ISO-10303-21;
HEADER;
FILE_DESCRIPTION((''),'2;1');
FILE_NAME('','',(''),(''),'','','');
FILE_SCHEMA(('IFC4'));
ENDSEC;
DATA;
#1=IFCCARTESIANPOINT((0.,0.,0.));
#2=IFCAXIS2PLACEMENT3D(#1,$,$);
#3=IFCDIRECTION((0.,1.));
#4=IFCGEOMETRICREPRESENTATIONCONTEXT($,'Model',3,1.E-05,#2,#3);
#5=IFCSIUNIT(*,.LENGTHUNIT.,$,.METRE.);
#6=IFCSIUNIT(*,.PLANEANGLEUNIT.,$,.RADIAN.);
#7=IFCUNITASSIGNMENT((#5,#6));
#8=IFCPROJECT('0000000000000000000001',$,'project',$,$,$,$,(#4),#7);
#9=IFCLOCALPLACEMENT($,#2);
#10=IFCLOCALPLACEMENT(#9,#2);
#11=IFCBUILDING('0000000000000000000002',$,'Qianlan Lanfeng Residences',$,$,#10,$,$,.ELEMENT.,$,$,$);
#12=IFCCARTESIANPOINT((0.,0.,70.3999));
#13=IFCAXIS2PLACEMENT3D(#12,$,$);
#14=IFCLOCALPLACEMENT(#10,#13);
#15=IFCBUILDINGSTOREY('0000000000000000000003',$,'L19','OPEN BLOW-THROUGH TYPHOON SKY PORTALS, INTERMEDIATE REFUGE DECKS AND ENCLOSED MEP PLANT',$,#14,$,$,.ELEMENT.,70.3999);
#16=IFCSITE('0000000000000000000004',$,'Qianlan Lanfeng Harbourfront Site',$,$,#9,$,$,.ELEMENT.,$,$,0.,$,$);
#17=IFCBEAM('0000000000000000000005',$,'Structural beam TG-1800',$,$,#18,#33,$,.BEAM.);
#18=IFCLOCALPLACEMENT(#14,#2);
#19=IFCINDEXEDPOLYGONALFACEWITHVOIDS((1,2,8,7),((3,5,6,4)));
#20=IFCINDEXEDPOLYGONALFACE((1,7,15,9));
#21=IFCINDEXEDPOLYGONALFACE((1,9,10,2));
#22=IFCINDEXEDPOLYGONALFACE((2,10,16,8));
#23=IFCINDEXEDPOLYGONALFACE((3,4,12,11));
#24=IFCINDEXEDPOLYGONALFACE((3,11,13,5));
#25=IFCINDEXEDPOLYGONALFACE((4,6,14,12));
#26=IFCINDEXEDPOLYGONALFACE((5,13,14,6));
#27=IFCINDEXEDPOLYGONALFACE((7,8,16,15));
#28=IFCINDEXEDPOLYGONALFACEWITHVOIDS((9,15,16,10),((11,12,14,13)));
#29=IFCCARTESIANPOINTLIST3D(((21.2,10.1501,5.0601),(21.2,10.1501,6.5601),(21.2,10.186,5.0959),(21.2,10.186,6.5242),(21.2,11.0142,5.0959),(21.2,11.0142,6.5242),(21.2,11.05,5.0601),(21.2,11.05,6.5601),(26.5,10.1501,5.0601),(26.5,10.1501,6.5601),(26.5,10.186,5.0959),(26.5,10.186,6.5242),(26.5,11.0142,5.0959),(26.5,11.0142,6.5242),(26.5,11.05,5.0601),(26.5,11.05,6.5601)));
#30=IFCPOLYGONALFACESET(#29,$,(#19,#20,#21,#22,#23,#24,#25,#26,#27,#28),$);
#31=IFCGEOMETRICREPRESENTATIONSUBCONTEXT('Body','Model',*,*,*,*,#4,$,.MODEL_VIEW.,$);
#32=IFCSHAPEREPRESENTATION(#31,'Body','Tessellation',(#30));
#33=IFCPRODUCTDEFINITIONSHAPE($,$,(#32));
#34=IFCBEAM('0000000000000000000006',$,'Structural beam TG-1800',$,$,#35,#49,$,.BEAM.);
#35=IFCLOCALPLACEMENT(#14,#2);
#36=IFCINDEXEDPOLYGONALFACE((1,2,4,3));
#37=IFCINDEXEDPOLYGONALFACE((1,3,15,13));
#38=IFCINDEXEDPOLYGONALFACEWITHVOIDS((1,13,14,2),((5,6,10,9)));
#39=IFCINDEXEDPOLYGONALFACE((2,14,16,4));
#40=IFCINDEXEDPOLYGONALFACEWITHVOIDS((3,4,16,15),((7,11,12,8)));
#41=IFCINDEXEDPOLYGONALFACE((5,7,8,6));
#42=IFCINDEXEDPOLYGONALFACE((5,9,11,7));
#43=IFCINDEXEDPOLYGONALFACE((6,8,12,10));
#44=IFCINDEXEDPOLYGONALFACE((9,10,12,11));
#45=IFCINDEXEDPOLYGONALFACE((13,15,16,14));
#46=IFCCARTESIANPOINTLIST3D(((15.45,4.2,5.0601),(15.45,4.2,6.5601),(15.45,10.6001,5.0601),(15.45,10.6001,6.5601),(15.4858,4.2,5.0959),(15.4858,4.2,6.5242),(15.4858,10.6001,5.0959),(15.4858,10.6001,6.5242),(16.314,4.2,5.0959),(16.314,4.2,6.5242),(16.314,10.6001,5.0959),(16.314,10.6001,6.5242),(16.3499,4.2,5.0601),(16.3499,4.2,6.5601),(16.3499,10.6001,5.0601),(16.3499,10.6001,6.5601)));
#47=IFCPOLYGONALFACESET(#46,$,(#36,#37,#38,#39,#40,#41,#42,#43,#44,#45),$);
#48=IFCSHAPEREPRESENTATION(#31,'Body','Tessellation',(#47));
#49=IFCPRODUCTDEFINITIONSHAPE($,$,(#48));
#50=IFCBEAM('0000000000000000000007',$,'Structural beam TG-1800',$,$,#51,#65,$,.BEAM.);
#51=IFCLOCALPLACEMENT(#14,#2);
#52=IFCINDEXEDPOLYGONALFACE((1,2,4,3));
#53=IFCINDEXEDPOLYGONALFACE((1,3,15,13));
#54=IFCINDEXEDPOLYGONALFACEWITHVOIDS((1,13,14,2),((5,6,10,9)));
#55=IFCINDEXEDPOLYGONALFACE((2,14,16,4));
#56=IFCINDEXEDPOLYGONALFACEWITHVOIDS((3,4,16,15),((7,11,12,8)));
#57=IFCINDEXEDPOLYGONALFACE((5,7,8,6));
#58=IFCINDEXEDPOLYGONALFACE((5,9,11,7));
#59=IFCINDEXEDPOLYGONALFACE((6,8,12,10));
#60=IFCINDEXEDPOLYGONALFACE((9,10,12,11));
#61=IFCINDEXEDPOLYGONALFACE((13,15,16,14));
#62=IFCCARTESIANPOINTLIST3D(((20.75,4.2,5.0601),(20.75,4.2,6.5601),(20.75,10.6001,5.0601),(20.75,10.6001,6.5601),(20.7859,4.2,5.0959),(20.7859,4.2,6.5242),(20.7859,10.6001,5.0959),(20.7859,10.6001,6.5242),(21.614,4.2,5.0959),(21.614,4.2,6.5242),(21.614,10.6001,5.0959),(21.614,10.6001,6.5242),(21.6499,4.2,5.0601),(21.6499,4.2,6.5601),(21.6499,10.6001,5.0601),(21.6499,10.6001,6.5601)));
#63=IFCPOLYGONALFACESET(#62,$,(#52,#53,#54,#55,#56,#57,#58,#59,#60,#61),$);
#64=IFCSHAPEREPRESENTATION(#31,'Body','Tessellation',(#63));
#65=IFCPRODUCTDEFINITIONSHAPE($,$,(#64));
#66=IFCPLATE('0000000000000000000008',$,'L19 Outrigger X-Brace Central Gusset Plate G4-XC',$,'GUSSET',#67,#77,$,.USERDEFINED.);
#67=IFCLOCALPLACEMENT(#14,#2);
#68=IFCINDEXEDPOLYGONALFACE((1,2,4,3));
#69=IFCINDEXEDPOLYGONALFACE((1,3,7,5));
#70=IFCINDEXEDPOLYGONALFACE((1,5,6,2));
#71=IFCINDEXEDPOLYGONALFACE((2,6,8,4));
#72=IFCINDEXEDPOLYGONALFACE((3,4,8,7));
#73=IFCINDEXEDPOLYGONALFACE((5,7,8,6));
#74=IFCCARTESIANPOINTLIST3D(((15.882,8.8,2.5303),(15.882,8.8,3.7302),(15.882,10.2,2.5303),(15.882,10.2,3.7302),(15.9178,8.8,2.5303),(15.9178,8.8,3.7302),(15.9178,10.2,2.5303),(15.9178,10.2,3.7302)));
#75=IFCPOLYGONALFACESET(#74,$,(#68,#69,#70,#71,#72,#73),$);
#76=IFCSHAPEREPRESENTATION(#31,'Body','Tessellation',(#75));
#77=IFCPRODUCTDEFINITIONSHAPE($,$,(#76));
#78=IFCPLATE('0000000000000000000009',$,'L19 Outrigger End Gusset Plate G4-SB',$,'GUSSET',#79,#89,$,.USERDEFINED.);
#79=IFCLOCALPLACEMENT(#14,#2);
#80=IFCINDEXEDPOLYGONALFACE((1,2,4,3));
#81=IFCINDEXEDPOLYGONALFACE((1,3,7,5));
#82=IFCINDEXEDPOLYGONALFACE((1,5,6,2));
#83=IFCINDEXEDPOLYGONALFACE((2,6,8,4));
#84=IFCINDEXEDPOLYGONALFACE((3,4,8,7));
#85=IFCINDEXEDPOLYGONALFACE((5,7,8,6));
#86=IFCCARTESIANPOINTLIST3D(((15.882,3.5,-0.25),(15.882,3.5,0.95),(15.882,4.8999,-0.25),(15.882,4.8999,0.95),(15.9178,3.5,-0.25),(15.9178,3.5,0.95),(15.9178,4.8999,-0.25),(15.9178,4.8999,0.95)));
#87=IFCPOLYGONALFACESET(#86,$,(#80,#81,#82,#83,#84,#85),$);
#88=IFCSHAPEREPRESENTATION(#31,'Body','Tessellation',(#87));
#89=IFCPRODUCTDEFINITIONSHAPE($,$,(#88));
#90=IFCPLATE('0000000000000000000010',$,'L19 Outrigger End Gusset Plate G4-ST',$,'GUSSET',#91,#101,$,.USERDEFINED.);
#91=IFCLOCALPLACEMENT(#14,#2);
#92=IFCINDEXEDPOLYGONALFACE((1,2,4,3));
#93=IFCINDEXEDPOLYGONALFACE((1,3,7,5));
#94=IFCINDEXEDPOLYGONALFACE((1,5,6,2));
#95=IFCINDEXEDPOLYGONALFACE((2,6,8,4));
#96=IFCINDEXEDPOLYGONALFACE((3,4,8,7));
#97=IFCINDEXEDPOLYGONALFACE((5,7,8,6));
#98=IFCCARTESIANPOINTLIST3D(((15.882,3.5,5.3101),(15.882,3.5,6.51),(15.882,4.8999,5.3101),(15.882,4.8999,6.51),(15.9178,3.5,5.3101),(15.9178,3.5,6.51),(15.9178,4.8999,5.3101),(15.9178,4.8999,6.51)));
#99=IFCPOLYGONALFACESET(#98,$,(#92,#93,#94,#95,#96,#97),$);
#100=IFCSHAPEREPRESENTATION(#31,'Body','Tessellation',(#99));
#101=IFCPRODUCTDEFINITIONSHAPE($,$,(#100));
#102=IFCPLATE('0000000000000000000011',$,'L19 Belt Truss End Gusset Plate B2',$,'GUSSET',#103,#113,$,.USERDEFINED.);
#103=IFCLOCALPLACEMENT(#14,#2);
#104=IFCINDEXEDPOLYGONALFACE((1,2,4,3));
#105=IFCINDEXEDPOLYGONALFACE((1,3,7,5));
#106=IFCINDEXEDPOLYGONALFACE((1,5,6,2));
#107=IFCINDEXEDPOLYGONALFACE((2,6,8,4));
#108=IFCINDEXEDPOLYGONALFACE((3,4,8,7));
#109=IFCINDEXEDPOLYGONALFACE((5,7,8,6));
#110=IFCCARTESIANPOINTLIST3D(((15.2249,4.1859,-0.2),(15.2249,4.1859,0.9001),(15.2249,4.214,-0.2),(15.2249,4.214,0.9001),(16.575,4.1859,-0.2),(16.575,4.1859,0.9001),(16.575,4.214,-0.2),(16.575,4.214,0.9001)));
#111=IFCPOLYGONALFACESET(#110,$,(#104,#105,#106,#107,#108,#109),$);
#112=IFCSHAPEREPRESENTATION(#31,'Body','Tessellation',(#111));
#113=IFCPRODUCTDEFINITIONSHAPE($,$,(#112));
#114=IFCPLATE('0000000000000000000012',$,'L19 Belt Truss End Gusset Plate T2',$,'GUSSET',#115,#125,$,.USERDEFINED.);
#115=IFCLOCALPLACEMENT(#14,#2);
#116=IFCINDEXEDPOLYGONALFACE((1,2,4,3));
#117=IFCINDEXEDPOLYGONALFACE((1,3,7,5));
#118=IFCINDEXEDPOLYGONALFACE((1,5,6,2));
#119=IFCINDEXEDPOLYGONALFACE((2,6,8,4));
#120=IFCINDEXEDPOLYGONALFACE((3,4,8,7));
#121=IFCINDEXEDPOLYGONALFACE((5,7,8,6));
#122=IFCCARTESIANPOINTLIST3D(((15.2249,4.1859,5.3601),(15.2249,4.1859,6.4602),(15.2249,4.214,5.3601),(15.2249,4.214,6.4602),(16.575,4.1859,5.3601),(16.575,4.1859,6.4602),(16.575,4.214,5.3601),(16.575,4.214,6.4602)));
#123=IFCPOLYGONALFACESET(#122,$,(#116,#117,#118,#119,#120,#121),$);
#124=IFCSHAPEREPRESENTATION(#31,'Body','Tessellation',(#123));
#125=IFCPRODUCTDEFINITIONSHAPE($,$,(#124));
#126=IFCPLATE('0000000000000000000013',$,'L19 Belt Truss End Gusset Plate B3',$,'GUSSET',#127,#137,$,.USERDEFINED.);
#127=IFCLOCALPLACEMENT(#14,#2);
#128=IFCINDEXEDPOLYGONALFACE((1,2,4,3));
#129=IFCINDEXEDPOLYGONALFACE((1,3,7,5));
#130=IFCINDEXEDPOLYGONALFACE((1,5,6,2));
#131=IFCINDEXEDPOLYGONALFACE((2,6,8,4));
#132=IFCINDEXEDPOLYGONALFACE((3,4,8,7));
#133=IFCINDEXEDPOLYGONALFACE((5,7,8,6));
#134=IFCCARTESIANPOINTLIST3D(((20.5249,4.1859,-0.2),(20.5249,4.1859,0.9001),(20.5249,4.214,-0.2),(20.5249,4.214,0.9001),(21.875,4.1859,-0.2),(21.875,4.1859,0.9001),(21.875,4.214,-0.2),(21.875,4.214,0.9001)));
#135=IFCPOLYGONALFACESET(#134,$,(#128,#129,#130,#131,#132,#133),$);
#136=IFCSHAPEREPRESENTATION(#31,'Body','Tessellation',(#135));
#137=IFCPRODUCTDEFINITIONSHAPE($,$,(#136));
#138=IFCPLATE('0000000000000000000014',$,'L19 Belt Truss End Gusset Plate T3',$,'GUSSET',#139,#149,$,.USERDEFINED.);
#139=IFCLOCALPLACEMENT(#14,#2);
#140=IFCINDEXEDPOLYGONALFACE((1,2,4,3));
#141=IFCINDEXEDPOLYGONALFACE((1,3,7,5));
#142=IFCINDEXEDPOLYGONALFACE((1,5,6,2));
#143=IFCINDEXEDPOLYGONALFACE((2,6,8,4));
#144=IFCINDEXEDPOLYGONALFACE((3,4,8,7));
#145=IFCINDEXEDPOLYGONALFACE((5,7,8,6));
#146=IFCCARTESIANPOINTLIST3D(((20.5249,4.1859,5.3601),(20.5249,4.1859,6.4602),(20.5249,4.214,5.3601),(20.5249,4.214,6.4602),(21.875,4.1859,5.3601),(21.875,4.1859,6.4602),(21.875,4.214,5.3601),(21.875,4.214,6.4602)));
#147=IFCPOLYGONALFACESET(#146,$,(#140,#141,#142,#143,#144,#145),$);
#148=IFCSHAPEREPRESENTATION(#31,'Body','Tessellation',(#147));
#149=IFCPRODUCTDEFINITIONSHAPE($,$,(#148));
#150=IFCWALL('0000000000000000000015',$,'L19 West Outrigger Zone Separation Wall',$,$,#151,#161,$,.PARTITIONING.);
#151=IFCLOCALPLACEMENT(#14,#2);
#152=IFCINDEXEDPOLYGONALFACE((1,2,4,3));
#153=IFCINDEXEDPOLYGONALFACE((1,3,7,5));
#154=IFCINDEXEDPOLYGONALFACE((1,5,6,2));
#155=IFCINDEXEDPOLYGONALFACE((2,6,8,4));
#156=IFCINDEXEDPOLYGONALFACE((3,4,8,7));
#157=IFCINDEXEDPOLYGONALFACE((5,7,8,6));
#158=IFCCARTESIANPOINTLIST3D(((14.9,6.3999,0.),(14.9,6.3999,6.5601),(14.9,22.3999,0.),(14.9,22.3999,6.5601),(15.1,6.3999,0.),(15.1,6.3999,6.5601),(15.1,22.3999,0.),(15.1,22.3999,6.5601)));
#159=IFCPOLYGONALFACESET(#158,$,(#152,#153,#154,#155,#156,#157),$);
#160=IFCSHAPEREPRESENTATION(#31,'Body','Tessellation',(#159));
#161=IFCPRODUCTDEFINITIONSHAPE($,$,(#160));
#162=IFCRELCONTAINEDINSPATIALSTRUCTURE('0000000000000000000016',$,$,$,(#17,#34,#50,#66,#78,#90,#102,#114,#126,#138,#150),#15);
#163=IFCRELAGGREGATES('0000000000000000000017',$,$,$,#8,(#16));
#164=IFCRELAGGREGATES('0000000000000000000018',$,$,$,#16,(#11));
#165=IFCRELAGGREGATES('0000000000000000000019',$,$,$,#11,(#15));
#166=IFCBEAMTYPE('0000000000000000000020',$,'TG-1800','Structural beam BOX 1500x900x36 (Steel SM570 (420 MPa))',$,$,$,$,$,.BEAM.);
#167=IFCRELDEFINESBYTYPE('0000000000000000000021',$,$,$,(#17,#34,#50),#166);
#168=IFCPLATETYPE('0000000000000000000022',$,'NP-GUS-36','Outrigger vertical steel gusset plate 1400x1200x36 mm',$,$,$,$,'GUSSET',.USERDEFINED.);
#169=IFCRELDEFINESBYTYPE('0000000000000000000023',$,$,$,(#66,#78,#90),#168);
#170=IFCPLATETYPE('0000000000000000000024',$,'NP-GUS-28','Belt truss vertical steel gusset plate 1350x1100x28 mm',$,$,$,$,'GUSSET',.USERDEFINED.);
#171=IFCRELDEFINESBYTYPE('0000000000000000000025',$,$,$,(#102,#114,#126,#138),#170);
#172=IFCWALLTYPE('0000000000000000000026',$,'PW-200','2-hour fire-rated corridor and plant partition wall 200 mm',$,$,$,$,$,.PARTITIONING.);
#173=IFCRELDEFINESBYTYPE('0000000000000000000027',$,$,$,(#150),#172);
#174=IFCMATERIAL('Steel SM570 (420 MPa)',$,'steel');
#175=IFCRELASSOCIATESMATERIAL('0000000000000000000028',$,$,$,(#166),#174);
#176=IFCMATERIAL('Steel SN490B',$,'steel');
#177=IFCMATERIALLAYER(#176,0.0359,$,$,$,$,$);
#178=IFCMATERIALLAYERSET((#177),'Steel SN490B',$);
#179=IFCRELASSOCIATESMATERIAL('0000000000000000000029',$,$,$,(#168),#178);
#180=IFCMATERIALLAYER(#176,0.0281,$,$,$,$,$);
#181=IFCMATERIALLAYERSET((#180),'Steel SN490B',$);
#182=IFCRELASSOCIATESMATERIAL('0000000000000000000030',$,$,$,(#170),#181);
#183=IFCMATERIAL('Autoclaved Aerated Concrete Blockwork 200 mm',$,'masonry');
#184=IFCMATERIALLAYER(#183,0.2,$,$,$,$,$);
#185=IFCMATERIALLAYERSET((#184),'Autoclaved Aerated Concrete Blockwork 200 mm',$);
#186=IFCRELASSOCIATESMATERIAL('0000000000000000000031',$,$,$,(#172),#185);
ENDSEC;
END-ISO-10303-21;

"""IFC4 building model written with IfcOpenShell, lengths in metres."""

from ifc_helpers import new_model, si_unit, direction, frame, frame_2d, origin, origin_2d, place, context, subcontext, project, spatial, rectangle, hollow_rectangle, extrude, source, transform, mapped, material, layer, layer_set, material_profile, profile_set, type_object, element, save


model = new_model("IFC4")

# Units and contexts
model_context = context("Model", 3, precision=1e-05, world=origin(), true_north=direction((0.0, 1.0)))
body_context = subcontext(model_context, "Body", "Model", "MODEL_VIEW")
ifc_project = project(units=[si_unit("LENGTHUNIT", "METRE"), si_unit("PLANEANGLEUNIT", "RADIAN")], contexts=[model_context])

# Site, building, storey
site_placement = place(None, origin())
site = spatial("IfcSite", under=ifc_project, at=site_placement, Name="Qianlan Lanfeng Harbourfront Site", CompositionType="ELEMENT", RefElevation=0.0)
building_placement = place(site_placement, origin())
building = spatial("IfcBuilding", under=site, at=building_placement, Name="Qianlan Lanfeng Residences", CompositionType="ELEMENT")
storey_placement = place(building_placement, frame((0.0, 0.0, 70.3999)))
storey = spatial("IfcBuildingStorey", under=building, at=storey_placement, Name="L19", Description="OPEN BLOW-THROUGH TYPHOON SKY PORTALS, INTERMEDIATE REFUGE DECKS AND ENCLOSED MEP PLANT", CompositionType="ELEMENT", Elevation=70.3999)

# Shared definitions
ifc_material_1 = material(Name="Steel SN490B", Category="steel")

# Beams
ifc_material_2 = material(Name="Steel SM570 (420 MPa)", Category="steel")
ifc_material_profile_1 = material_profile(ifc_material_2, hollow_rectangle(XDim=0.8999, YDim=1.5, WallThickness=0.0359, at=origin_2d()), Name="BOX 1500x900x36")
ifc_profile_set_1 = profile_set([ifc_material_profile_1], Name="Steel SM570 (420 MPa)")
beam_type_1 = type_object("IfcBeamType", Name="TG-1800", Description="Structural beam BOX 1500x900x36 (Steel SM570 (420 MPa))", PredefinedType="BEAM", material=ifc_profile_set_1)
for number, where, z_axis, x_axis, name in (
    (1, (21.2, 10.6001, 5.8101), (1.0, 0.0, 0.0), (0.0, 1.0, 0.0), "Structural beam TG-1800"),
):
    element("IfcBeam", number, at=place(storey_placement, frame(where, z_axis=z_axis, x_axis=x_axis)), inside=storey, type_object=beam_type_1, Name=name, PredefinedType="BEAM", context=body_context, shape_type="SweptSolid", body=[
        extrude(hollow_rectangle(XDim=0.8999, YDim=1.5, WallThickness=0.0359, at=origin_2d()), origin(), (0.0, 0.0, 1.0), 5.3),
    ])
for number, where, z_axis, x_axis, name in (
    (2, (15.8999, 4.2, 5.8101), (0.0, 1.0, 0.0), (-1.0, 0.0, 0.0), "Structural beam TG-1800"),
    (3, (21.2, 4.2, 5.8101), (0.0, 1.0, 0.0), (-1.0, 0.0, 0.0), "Structural beam TG-1800"),
):
    element("IfcBeam", number, at=place(storey_placement, frame(where, z_axis=z_axis, x_axis=x_axis)), inside=storey, type_object=beam_type_1, Name=name, PredefinedType="BEAM", context=body_context, shape_type="SweptSolid", body=[
        extrude(hollow_rectangle(XDim=0.8999, YDim=1.5, WallThickness=0.0359, at=origin_2d()), origin(), (0.0, 0.0, 1.0), 6.4001),
    ])

# Plates
ifc_layer_1 = layer(ifc_material_1, 0.0359)
ifc_layer_set_1 = layer_set([ifc_layer_1], Name="Steel SN490B")
plate_type_1 = type_object("IfcPlateType", Name="NP-GUS-36", Description="Outrigger vertical steel gusset plate 1400x1200x36 mm", ElementType="GUSSET", PredefinedType="USERDEFINED", material=ifc_layer_set_1)
shared_shape_1 = source(origin(), body_context, "Body", "SweptSolid", [
    extrude(rectangle(XDim=0.0359, YDim=1.3999, at=origin_2d()), origin(), (0.0, 0.0, 1.0), 1.2),
])
for number, where, z_axis, x_axis, name in (
    (4, (15.8999, 9.5, 2.5303), (0.0, 0.0, 1.0), (1.0, 0.0, 0.0), "L19 Outrigger X-Brace Central Gusset Plate G4-XC"),
    (5, (15.8999, 4.2, -0.25), (0.0, 0.0, 1.0), (1.0, 0.0, 0.0), "L19 Outrigger End Gusset Plate G4-SB"),
    (6, (15.8999, 4.2, 5.3101), (0.0, 0.0, 1.0), (1.0, 0.0, 0.0), "L19 Outrigger End Gusset Plate G4-ST"),
):
    element("IfcPlate", number, at=place(storey_placement, frame(where, z_axis=z_axis, x_axis=x_axis)), inside=storey, type_object=plate_type_1, Name=name, ObjectType="GUSSET", PredefinedType="USERDEFINED", context=body_context, shape_type="MappedRepresentation", body=[
        mapped(shared_shape_1, transform((0.0, 0.0, 0.0), scale=1.0)),
    ])
ifc_layer_2 = layer(ifc_material_1, 0.0281)
ifc_layer_set_2 = layer_set([ifc_layer_2], Name="Steel SN490B")
plate_type_2 = type_object("IfcPlateType", Name="NP-GUS-28", Description="Belt truss vertical steel gusset plate 1350x1100x28 mm", ElementType="GUSSET", PredefinedType="USERDEFINED", material=ifc_layer_set_2)
shared_shape_2 = source(origin(), body_context, "Body", "SweptSolid", [
    extrude(rectangle(XDim=1.3501, YDim=0.0281, at=origin_2d()), origin(), (0.0, 0.0, 1.0), 1.1001),
])
for number, where, z_axis, x_axis, name in (
    (7, (15.8999, 4.2, -0.2), (0.0, 0.0, 1.0), (1.0, 0.0, 0.0), "L19 Belt Truss End Gusset Plate B2"),
    (8, (15.8999, 4.2, 5.3601), (0.0, 0.0, 1.0), (1.0, 0.0, 0.0), "L19 Belt Truss End Gusset Plate T2"),
    (9, (21.2, 4.2, -0.2), (0.0, 0.0, 1.0), (1.0, 0.0, 0.0), "L19 Belt Truss End Gusset Plate B3"),
    (10, (21.2, 4.2, 5.3601), (0.0, 0.0, 1.0), (1.0, 0.0, 0.0), "L19 Belt Truss End Gusset Plate T3"),
):
    element("IfcPlate", number, at=place(storey_placement, frame(where, z_axis=z_axis, x_axis=x_axis)), inside=storey, type_object=plate_type_2, Name=name, ObjectType="GUSSET", PredefinedType="USERDEFINED", context=body_context, shape_type="MappedRepresentation", body=[
        mapped(shared_shape_2, transform((0.0, 0.0, 0.0), scale=1.0)),
    ])

# Wall
ifc_material_3 = material(Name="Autoclaved Aerated Concrete Blockwork 200 mm", Category="masonry")
ifc_layer_3 = layer(ifc_material_3, 0.2)
ifc_layer_set_3 = layer_set([ifc_layer_3], Name="Autoclaved Aerated Concrete Blockwork 200 mm")
wall_type = type_object("IfcWallType", Name="PW-200", Description="2-hour fire-rated corridor and plant partition wall 200 mm", PredefinedType="PARTITIONING", material=ifc_layer_set_3)
wall_placement = place(storey_placement, frame((15.0, 6.3999, 0.0), z_axis=(0.0, 0.0, 1.0), x_axis=(0.0, 1.0, 0.0)))
element("IfcWall", 11, at=wall_placement, inside=storey, type_object=wall_type, Name="L19 West Outrigger Zone Separation Wall", PredefinedType="PARTITIONING", context=body_context, shape_type="SweptSolid", body=[
    extrude(rectangle(XDim=16.0, YDim=0.2, at=frame_2d((8.0, 0.0))), origin(), (0.0, 0.0, 1.0), 6.5601),
])

save(model, "model.ifc")
